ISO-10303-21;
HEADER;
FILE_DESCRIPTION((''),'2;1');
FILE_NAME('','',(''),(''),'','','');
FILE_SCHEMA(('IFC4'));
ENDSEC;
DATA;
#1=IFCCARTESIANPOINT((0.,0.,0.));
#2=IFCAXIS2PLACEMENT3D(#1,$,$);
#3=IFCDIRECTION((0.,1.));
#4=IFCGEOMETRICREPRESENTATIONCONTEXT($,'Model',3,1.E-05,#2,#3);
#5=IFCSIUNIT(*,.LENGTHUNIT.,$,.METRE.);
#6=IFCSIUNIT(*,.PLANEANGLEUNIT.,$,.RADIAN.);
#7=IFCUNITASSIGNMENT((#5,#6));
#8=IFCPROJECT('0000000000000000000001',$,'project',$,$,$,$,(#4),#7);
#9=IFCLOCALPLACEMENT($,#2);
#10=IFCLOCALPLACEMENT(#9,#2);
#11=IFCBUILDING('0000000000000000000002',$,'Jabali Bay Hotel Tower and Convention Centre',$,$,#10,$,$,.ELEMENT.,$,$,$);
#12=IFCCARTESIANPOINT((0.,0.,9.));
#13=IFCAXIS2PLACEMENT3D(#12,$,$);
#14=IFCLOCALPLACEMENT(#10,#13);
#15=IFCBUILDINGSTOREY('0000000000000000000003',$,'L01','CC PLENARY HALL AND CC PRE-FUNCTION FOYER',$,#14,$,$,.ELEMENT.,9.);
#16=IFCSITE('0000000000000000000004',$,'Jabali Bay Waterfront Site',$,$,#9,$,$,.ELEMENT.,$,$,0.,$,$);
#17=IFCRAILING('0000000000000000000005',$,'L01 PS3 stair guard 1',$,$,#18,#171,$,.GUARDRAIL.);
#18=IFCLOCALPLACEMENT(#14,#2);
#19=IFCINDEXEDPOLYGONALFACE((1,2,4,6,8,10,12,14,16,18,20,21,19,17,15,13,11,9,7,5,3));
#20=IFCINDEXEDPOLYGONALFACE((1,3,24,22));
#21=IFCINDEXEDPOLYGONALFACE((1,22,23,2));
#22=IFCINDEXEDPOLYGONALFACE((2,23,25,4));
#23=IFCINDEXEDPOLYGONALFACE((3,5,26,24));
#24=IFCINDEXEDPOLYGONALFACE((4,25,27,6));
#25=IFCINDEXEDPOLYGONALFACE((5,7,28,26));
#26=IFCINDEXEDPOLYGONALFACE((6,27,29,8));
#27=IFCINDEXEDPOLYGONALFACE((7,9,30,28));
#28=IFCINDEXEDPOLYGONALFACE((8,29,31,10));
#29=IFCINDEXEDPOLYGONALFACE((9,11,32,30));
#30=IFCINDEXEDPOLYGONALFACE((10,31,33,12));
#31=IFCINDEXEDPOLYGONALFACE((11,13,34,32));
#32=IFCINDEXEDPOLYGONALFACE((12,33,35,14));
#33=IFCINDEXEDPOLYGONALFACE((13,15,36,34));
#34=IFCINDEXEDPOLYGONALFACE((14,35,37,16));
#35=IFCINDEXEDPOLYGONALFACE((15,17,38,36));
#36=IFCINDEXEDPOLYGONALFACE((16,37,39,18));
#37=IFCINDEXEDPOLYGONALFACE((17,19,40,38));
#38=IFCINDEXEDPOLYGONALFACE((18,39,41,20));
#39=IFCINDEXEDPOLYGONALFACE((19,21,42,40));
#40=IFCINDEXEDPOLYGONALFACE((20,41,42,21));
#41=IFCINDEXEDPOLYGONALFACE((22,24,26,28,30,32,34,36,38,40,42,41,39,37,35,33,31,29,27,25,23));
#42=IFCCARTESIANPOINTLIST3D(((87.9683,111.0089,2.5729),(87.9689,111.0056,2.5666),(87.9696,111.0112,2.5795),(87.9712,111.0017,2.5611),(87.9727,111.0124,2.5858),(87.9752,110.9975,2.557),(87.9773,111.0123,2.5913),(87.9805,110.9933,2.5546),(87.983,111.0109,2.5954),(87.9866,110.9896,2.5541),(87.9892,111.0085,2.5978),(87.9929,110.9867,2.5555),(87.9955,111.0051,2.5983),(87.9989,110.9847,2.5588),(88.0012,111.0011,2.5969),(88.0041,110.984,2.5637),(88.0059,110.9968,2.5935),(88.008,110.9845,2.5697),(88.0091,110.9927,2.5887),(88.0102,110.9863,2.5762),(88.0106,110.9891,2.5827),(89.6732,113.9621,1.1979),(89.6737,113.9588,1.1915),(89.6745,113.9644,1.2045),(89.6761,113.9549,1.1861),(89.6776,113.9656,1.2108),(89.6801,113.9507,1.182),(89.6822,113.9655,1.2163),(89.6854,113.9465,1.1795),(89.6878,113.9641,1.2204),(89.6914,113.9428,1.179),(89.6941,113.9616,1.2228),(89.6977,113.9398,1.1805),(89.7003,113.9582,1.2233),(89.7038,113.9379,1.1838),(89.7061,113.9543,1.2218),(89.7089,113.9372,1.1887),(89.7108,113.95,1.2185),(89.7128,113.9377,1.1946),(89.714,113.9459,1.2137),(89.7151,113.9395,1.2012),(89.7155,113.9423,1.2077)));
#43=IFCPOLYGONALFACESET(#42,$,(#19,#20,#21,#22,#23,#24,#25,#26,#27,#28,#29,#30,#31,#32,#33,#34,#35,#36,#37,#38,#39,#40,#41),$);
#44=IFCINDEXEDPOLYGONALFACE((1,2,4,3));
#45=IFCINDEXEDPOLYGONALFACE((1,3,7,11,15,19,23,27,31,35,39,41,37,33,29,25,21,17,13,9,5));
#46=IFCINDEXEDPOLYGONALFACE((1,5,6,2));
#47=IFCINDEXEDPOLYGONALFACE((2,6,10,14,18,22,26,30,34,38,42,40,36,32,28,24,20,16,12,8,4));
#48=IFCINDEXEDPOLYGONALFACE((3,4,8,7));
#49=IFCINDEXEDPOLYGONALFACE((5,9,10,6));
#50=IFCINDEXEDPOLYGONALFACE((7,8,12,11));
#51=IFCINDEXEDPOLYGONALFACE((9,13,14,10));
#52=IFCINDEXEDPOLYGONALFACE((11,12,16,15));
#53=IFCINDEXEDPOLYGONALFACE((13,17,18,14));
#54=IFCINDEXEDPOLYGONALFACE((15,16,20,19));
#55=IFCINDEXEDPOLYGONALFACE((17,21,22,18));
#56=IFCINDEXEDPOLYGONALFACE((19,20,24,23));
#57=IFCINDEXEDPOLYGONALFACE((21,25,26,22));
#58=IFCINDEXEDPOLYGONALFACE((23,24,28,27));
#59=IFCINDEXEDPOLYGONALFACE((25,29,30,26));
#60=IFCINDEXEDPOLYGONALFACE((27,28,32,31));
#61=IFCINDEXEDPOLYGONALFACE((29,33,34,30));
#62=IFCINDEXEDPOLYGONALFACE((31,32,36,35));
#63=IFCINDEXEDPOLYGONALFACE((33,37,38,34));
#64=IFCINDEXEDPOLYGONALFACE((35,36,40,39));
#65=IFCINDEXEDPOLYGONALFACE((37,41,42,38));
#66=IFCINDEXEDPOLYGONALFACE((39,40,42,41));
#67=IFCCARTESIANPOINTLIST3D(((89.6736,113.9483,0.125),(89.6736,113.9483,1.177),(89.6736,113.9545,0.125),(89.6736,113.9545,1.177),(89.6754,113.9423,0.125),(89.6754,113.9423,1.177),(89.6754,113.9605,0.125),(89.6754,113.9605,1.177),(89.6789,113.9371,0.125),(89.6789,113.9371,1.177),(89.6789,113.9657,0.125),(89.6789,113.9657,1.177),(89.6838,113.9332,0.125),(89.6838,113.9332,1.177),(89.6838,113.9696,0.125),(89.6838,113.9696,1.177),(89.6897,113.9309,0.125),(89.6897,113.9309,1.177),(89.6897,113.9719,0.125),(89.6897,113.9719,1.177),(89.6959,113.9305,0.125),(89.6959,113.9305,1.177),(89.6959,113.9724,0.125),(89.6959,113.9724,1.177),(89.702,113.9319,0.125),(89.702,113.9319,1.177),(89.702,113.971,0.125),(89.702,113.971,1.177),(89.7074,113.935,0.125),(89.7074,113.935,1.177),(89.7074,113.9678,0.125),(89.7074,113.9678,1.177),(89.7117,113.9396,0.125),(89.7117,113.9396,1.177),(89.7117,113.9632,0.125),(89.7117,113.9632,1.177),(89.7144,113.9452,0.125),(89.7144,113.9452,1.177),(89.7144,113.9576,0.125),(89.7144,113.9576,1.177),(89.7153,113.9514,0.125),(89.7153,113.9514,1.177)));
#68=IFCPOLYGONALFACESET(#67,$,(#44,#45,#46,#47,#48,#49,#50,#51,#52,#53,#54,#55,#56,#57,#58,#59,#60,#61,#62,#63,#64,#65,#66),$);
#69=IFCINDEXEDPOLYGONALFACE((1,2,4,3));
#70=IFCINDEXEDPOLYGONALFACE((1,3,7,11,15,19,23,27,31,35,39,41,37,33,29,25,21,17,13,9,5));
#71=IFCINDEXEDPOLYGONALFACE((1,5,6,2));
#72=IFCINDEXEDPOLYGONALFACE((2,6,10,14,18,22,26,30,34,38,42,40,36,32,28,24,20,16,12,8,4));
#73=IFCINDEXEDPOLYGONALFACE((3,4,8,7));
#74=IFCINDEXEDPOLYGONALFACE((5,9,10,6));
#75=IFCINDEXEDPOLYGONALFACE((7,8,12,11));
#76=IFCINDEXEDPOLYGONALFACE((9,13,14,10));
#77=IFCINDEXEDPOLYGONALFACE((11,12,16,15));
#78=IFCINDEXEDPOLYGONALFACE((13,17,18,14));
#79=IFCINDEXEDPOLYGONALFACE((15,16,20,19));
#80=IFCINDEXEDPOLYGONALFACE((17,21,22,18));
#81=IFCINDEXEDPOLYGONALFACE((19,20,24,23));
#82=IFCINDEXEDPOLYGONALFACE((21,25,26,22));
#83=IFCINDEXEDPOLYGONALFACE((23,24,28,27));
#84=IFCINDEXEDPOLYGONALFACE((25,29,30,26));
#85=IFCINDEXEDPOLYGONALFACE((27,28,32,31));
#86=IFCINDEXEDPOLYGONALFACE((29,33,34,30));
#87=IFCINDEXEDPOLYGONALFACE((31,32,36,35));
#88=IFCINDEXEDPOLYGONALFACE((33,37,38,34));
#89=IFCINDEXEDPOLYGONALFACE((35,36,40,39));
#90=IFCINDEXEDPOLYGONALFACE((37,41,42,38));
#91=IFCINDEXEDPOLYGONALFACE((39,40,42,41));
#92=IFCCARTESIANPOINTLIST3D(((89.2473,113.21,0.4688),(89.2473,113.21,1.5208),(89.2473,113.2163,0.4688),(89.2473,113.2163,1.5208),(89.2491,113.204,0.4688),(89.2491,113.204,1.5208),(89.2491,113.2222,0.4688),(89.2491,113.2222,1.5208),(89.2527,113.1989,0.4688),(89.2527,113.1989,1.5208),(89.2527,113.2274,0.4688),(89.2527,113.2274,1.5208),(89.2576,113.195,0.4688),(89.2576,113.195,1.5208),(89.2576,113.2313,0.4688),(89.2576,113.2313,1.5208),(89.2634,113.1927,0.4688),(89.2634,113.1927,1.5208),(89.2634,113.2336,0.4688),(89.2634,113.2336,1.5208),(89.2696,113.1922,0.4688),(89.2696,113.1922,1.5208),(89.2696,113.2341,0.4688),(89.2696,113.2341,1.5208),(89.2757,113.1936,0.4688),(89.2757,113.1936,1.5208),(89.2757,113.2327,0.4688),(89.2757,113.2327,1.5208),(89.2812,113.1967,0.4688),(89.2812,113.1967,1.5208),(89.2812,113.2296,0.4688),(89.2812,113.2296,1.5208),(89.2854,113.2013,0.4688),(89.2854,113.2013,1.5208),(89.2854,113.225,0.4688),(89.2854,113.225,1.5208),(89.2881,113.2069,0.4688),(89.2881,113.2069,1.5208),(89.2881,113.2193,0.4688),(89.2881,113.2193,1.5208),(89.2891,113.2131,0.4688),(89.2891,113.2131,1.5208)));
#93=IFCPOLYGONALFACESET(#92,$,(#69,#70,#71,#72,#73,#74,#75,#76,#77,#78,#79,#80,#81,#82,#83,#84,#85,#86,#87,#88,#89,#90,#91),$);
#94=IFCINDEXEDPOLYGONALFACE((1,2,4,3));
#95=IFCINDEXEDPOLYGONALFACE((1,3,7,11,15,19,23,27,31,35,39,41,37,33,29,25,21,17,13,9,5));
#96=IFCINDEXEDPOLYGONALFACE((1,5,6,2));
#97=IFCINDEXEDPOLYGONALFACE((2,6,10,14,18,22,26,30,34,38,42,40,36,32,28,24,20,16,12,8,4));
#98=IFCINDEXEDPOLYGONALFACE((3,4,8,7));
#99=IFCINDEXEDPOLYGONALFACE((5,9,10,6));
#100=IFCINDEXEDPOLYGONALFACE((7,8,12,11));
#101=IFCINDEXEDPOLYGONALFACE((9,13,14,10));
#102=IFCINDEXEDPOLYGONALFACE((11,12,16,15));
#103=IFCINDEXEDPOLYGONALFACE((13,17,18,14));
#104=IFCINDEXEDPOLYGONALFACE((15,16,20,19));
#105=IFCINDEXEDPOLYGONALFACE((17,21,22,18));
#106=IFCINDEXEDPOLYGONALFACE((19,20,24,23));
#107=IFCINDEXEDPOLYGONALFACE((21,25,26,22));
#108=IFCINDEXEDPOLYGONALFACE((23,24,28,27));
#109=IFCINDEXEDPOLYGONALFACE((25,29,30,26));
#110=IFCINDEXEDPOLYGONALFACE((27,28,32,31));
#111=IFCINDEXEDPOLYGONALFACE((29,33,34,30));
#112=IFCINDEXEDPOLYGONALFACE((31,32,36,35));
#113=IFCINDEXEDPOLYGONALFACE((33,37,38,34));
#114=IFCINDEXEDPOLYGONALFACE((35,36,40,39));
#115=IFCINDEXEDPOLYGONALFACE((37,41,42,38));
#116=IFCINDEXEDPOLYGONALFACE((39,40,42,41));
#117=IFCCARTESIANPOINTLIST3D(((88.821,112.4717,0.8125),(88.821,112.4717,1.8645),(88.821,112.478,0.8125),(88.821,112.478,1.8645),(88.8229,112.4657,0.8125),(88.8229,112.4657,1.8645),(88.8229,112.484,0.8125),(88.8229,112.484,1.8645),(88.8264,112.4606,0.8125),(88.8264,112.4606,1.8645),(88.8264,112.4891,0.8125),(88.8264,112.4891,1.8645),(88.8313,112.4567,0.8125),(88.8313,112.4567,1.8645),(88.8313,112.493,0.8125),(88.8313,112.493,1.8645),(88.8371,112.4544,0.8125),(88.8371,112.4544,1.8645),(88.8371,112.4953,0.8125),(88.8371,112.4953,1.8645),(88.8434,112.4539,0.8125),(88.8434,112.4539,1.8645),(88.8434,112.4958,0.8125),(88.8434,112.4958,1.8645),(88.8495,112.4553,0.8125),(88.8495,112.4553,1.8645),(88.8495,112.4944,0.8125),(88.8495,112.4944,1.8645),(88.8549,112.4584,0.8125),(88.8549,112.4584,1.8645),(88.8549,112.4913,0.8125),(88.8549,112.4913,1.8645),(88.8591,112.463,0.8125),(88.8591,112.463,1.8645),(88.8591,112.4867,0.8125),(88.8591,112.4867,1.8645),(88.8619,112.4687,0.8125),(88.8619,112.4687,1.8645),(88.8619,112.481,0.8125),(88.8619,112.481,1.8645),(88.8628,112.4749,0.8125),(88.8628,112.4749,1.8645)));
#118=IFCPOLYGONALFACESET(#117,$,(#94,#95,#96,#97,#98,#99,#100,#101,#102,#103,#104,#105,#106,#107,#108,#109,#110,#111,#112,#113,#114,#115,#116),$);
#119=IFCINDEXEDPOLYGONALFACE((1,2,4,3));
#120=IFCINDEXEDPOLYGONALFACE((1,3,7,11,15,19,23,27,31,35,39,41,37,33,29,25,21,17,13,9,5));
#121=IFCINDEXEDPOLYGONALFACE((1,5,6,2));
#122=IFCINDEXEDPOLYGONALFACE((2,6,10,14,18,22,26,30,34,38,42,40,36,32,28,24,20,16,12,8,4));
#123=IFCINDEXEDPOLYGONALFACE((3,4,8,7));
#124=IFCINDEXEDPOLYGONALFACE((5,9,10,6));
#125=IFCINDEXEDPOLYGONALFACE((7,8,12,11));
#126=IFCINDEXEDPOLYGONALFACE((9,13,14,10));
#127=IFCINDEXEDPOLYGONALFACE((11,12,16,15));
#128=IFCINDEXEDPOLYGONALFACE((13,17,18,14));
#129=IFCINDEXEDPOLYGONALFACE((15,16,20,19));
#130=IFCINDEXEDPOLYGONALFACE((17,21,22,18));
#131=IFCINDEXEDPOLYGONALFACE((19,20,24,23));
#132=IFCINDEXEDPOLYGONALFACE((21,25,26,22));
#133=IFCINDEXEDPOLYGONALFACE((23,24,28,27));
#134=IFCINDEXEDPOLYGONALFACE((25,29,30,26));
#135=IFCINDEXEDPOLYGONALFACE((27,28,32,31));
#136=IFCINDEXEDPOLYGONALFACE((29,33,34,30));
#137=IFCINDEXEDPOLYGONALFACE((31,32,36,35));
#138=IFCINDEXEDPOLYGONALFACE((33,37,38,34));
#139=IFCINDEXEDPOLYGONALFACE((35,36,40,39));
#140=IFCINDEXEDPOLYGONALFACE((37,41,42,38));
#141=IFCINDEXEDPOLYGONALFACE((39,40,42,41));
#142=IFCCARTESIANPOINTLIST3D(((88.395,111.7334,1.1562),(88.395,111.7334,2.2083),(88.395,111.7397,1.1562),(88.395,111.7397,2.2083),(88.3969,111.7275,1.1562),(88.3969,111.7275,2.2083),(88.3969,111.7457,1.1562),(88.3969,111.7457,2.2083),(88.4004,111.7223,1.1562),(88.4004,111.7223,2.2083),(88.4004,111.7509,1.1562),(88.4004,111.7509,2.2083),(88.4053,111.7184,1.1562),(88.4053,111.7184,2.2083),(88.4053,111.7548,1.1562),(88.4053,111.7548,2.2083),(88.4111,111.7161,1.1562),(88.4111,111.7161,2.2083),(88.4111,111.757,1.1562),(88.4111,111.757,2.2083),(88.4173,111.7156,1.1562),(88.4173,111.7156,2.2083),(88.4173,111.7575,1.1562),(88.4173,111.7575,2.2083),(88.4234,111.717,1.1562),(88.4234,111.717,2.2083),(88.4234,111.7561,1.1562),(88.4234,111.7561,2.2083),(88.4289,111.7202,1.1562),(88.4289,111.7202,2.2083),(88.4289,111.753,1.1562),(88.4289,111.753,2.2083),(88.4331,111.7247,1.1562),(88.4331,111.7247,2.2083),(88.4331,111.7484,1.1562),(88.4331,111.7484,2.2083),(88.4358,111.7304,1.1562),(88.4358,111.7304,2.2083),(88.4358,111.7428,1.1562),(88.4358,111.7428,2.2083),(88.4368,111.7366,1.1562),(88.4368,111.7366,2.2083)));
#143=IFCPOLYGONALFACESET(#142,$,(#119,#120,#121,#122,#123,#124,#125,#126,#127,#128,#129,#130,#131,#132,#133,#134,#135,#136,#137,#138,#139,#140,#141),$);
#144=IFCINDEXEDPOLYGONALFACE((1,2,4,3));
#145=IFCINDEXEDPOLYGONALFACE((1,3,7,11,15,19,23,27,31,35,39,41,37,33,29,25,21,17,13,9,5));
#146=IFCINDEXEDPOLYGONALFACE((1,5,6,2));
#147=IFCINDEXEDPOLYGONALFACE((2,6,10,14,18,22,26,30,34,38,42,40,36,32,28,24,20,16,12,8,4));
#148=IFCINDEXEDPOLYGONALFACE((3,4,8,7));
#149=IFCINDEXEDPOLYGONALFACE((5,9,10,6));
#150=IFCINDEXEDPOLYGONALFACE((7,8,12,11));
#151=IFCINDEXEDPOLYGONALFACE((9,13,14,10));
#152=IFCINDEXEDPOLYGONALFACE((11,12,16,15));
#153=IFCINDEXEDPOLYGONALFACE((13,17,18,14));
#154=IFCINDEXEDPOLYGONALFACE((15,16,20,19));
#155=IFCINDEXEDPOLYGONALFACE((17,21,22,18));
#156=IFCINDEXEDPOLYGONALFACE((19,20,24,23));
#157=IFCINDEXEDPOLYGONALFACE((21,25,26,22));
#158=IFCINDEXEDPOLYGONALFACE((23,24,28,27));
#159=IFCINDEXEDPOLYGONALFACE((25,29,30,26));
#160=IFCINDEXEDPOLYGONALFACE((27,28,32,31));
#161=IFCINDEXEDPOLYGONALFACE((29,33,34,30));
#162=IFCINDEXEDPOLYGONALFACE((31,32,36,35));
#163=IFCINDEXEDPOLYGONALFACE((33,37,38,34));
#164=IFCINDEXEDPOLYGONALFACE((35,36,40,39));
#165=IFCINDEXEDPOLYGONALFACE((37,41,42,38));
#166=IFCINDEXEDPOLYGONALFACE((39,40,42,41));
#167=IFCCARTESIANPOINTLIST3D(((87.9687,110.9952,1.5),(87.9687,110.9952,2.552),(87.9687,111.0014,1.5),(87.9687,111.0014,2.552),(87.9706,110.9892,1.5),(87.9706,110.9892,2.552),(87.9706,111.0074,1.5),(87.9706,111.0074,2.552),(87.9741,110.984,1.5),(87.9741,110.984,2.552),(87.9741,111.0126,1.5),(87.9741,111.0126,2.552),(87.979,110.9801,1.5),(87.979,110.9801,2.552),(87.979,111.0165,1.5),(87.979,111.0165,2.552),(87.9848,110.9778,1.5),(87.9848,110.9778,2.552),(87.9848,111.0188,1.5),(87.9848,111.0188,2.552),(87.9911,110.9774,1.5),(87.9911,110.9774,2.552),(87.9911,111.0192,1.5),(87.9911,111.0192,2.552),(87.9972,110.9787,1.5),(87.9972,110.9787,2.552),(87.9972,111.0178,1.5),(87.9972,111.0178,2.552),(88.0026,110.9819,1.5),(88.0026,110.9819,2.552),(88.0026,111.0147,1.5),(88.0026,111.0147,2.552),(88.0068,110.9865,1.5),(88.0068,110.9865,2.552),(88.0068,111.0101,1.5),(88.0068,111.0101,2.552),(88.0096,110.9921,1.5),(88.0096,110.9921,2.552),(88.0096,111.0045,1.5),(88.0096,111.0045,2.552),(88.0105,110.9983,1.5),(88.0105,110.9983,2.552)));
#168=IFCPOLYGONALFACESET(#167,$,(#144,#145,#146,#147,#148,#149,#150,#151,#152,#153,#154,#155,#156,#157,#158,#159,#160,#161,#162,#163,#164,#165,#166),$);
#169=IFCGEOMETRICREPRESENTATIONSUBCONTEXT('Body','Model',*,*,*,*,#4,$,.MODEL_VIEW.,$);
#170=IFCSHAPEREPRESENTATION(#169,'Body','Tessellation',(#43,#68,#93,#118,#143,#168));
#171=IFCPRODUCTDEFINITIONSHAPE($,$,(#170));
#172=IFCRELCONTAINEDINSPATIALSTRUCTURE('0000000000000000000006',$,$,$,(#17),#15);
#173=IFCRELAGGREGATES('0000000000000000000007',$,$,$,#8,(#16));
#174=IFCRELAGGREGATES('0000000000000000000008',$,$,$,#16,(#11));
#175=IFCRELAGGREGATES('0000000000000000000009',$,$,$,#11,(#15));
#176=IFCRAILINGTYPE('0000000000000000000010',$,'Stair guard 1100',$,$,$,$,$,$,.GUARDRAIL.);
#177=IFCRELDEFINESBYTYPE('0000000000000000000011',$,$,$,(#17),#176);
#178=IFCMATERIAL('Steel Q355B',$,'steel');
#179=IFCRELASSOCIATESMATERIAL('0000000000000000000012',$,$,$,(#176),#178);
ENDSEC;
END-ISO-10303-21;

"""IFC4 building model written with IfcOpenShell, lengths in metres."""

from ifc_helpers import new_model, si_unit, direction, frame, origin, origin_2d, place, context, subcontext, project, spatial, circle, extrude, material, type_object, element, save


model = new_model("IFC4")

# Units and contexts
model_context = context("Model", 3, precision=1e-05, world=origin(), true_north=direction((0.0, 1.0)))
body_context = subcontext(model_context, "Body", "Model", "MODEL_VIEW")
ifc_project = project(units=[si_unit("LENGTHUNIT", "METRE"), si_unit("PLANEANGLEUNIT", "RADIAN")], contexts=[model_context])

# Site, building, storey
site_placement = place(None, origin())
site = spatial("IfcSite", under=ifc_project, at=site_placement, Name="Jabali Bay Waterfront Site", CompositionType="ELEMENT", RefElevation=0.0)
building_placement = place(site_placement, origin())
building = spatial("IfcBuilding", under=site, at=building_placement, Name="Jabali Bay Hotel Tower and Convention Centre", CompositionType="ELEMENT")
storey_placement = place(building_placement, frame((0.0, 0.0, 9.0)))
storey = spatial("IfcBuildingStorey", under=building, at=storey_placement, Name="L01", Description="CC PLENARY HALL AND CC PRE-FUNCTION FOYER", CompositionType="ELEMENT", Elevation=9.0)

# Railing
ifc_material_1 = material(Name="Steel Q355B", Category="steel")
railing_type_1 = type_object("IfcRailingType", Name="Stair guard 1100", PredefinedType="GUARDRAIL", material=ifc_material_1)
railing_1_placement = place(storey_placement, frame((89.6943, 113.9514, 0.125)))
element("IfcRailing", 1, at=railing_1_placement, inside=storey, type_object=railing_type_1, Name="L01 PS3 stair guard 1", PredefinedType="GUARDRAIL", context=body_context, shape_type="SweptSolid", body=[
    extrude(circle(Radius=0.0239, at=origin_2d()), frame((0.0, 0.0, 1.0762), z_axis=(-0.463687, -0.803203, 0.373978), x_axis=(0.866045, -0.499966, 0.0)), (0.0, 0.0, 1.0), 3.6768),
    extrude(circle(Radius=0.021, at=origin_2d()), origin(), (0.0, 0.0, 1.0), 1.052),
    extrude(circle(Radius=0.021, at=origin_2d()), frame((-0.4263, -0.7383, 0.3438)), (0.0, 0.0, 1.0), 1.052),
    extrude(circle(Radius=0.021, at=origin_2d()), frame((-0.8525, -1.4766, 0.6875)), (0.0, 0.0, 1.0), 1.052),
    extrude(circle(Radius=0.021, at=origin_2d()), frame((-1.2786, -2.2148, 1.0312)), (0.0, 0.0, 1.0), 1.052),
    extrude(circle(Radius=0.021, at=origin_2d()), frame((-1.7048, -2.9531, 1.375)), (0.0, 0.0, 1.0), 1.052),
])

save(model, "model.ifc")
